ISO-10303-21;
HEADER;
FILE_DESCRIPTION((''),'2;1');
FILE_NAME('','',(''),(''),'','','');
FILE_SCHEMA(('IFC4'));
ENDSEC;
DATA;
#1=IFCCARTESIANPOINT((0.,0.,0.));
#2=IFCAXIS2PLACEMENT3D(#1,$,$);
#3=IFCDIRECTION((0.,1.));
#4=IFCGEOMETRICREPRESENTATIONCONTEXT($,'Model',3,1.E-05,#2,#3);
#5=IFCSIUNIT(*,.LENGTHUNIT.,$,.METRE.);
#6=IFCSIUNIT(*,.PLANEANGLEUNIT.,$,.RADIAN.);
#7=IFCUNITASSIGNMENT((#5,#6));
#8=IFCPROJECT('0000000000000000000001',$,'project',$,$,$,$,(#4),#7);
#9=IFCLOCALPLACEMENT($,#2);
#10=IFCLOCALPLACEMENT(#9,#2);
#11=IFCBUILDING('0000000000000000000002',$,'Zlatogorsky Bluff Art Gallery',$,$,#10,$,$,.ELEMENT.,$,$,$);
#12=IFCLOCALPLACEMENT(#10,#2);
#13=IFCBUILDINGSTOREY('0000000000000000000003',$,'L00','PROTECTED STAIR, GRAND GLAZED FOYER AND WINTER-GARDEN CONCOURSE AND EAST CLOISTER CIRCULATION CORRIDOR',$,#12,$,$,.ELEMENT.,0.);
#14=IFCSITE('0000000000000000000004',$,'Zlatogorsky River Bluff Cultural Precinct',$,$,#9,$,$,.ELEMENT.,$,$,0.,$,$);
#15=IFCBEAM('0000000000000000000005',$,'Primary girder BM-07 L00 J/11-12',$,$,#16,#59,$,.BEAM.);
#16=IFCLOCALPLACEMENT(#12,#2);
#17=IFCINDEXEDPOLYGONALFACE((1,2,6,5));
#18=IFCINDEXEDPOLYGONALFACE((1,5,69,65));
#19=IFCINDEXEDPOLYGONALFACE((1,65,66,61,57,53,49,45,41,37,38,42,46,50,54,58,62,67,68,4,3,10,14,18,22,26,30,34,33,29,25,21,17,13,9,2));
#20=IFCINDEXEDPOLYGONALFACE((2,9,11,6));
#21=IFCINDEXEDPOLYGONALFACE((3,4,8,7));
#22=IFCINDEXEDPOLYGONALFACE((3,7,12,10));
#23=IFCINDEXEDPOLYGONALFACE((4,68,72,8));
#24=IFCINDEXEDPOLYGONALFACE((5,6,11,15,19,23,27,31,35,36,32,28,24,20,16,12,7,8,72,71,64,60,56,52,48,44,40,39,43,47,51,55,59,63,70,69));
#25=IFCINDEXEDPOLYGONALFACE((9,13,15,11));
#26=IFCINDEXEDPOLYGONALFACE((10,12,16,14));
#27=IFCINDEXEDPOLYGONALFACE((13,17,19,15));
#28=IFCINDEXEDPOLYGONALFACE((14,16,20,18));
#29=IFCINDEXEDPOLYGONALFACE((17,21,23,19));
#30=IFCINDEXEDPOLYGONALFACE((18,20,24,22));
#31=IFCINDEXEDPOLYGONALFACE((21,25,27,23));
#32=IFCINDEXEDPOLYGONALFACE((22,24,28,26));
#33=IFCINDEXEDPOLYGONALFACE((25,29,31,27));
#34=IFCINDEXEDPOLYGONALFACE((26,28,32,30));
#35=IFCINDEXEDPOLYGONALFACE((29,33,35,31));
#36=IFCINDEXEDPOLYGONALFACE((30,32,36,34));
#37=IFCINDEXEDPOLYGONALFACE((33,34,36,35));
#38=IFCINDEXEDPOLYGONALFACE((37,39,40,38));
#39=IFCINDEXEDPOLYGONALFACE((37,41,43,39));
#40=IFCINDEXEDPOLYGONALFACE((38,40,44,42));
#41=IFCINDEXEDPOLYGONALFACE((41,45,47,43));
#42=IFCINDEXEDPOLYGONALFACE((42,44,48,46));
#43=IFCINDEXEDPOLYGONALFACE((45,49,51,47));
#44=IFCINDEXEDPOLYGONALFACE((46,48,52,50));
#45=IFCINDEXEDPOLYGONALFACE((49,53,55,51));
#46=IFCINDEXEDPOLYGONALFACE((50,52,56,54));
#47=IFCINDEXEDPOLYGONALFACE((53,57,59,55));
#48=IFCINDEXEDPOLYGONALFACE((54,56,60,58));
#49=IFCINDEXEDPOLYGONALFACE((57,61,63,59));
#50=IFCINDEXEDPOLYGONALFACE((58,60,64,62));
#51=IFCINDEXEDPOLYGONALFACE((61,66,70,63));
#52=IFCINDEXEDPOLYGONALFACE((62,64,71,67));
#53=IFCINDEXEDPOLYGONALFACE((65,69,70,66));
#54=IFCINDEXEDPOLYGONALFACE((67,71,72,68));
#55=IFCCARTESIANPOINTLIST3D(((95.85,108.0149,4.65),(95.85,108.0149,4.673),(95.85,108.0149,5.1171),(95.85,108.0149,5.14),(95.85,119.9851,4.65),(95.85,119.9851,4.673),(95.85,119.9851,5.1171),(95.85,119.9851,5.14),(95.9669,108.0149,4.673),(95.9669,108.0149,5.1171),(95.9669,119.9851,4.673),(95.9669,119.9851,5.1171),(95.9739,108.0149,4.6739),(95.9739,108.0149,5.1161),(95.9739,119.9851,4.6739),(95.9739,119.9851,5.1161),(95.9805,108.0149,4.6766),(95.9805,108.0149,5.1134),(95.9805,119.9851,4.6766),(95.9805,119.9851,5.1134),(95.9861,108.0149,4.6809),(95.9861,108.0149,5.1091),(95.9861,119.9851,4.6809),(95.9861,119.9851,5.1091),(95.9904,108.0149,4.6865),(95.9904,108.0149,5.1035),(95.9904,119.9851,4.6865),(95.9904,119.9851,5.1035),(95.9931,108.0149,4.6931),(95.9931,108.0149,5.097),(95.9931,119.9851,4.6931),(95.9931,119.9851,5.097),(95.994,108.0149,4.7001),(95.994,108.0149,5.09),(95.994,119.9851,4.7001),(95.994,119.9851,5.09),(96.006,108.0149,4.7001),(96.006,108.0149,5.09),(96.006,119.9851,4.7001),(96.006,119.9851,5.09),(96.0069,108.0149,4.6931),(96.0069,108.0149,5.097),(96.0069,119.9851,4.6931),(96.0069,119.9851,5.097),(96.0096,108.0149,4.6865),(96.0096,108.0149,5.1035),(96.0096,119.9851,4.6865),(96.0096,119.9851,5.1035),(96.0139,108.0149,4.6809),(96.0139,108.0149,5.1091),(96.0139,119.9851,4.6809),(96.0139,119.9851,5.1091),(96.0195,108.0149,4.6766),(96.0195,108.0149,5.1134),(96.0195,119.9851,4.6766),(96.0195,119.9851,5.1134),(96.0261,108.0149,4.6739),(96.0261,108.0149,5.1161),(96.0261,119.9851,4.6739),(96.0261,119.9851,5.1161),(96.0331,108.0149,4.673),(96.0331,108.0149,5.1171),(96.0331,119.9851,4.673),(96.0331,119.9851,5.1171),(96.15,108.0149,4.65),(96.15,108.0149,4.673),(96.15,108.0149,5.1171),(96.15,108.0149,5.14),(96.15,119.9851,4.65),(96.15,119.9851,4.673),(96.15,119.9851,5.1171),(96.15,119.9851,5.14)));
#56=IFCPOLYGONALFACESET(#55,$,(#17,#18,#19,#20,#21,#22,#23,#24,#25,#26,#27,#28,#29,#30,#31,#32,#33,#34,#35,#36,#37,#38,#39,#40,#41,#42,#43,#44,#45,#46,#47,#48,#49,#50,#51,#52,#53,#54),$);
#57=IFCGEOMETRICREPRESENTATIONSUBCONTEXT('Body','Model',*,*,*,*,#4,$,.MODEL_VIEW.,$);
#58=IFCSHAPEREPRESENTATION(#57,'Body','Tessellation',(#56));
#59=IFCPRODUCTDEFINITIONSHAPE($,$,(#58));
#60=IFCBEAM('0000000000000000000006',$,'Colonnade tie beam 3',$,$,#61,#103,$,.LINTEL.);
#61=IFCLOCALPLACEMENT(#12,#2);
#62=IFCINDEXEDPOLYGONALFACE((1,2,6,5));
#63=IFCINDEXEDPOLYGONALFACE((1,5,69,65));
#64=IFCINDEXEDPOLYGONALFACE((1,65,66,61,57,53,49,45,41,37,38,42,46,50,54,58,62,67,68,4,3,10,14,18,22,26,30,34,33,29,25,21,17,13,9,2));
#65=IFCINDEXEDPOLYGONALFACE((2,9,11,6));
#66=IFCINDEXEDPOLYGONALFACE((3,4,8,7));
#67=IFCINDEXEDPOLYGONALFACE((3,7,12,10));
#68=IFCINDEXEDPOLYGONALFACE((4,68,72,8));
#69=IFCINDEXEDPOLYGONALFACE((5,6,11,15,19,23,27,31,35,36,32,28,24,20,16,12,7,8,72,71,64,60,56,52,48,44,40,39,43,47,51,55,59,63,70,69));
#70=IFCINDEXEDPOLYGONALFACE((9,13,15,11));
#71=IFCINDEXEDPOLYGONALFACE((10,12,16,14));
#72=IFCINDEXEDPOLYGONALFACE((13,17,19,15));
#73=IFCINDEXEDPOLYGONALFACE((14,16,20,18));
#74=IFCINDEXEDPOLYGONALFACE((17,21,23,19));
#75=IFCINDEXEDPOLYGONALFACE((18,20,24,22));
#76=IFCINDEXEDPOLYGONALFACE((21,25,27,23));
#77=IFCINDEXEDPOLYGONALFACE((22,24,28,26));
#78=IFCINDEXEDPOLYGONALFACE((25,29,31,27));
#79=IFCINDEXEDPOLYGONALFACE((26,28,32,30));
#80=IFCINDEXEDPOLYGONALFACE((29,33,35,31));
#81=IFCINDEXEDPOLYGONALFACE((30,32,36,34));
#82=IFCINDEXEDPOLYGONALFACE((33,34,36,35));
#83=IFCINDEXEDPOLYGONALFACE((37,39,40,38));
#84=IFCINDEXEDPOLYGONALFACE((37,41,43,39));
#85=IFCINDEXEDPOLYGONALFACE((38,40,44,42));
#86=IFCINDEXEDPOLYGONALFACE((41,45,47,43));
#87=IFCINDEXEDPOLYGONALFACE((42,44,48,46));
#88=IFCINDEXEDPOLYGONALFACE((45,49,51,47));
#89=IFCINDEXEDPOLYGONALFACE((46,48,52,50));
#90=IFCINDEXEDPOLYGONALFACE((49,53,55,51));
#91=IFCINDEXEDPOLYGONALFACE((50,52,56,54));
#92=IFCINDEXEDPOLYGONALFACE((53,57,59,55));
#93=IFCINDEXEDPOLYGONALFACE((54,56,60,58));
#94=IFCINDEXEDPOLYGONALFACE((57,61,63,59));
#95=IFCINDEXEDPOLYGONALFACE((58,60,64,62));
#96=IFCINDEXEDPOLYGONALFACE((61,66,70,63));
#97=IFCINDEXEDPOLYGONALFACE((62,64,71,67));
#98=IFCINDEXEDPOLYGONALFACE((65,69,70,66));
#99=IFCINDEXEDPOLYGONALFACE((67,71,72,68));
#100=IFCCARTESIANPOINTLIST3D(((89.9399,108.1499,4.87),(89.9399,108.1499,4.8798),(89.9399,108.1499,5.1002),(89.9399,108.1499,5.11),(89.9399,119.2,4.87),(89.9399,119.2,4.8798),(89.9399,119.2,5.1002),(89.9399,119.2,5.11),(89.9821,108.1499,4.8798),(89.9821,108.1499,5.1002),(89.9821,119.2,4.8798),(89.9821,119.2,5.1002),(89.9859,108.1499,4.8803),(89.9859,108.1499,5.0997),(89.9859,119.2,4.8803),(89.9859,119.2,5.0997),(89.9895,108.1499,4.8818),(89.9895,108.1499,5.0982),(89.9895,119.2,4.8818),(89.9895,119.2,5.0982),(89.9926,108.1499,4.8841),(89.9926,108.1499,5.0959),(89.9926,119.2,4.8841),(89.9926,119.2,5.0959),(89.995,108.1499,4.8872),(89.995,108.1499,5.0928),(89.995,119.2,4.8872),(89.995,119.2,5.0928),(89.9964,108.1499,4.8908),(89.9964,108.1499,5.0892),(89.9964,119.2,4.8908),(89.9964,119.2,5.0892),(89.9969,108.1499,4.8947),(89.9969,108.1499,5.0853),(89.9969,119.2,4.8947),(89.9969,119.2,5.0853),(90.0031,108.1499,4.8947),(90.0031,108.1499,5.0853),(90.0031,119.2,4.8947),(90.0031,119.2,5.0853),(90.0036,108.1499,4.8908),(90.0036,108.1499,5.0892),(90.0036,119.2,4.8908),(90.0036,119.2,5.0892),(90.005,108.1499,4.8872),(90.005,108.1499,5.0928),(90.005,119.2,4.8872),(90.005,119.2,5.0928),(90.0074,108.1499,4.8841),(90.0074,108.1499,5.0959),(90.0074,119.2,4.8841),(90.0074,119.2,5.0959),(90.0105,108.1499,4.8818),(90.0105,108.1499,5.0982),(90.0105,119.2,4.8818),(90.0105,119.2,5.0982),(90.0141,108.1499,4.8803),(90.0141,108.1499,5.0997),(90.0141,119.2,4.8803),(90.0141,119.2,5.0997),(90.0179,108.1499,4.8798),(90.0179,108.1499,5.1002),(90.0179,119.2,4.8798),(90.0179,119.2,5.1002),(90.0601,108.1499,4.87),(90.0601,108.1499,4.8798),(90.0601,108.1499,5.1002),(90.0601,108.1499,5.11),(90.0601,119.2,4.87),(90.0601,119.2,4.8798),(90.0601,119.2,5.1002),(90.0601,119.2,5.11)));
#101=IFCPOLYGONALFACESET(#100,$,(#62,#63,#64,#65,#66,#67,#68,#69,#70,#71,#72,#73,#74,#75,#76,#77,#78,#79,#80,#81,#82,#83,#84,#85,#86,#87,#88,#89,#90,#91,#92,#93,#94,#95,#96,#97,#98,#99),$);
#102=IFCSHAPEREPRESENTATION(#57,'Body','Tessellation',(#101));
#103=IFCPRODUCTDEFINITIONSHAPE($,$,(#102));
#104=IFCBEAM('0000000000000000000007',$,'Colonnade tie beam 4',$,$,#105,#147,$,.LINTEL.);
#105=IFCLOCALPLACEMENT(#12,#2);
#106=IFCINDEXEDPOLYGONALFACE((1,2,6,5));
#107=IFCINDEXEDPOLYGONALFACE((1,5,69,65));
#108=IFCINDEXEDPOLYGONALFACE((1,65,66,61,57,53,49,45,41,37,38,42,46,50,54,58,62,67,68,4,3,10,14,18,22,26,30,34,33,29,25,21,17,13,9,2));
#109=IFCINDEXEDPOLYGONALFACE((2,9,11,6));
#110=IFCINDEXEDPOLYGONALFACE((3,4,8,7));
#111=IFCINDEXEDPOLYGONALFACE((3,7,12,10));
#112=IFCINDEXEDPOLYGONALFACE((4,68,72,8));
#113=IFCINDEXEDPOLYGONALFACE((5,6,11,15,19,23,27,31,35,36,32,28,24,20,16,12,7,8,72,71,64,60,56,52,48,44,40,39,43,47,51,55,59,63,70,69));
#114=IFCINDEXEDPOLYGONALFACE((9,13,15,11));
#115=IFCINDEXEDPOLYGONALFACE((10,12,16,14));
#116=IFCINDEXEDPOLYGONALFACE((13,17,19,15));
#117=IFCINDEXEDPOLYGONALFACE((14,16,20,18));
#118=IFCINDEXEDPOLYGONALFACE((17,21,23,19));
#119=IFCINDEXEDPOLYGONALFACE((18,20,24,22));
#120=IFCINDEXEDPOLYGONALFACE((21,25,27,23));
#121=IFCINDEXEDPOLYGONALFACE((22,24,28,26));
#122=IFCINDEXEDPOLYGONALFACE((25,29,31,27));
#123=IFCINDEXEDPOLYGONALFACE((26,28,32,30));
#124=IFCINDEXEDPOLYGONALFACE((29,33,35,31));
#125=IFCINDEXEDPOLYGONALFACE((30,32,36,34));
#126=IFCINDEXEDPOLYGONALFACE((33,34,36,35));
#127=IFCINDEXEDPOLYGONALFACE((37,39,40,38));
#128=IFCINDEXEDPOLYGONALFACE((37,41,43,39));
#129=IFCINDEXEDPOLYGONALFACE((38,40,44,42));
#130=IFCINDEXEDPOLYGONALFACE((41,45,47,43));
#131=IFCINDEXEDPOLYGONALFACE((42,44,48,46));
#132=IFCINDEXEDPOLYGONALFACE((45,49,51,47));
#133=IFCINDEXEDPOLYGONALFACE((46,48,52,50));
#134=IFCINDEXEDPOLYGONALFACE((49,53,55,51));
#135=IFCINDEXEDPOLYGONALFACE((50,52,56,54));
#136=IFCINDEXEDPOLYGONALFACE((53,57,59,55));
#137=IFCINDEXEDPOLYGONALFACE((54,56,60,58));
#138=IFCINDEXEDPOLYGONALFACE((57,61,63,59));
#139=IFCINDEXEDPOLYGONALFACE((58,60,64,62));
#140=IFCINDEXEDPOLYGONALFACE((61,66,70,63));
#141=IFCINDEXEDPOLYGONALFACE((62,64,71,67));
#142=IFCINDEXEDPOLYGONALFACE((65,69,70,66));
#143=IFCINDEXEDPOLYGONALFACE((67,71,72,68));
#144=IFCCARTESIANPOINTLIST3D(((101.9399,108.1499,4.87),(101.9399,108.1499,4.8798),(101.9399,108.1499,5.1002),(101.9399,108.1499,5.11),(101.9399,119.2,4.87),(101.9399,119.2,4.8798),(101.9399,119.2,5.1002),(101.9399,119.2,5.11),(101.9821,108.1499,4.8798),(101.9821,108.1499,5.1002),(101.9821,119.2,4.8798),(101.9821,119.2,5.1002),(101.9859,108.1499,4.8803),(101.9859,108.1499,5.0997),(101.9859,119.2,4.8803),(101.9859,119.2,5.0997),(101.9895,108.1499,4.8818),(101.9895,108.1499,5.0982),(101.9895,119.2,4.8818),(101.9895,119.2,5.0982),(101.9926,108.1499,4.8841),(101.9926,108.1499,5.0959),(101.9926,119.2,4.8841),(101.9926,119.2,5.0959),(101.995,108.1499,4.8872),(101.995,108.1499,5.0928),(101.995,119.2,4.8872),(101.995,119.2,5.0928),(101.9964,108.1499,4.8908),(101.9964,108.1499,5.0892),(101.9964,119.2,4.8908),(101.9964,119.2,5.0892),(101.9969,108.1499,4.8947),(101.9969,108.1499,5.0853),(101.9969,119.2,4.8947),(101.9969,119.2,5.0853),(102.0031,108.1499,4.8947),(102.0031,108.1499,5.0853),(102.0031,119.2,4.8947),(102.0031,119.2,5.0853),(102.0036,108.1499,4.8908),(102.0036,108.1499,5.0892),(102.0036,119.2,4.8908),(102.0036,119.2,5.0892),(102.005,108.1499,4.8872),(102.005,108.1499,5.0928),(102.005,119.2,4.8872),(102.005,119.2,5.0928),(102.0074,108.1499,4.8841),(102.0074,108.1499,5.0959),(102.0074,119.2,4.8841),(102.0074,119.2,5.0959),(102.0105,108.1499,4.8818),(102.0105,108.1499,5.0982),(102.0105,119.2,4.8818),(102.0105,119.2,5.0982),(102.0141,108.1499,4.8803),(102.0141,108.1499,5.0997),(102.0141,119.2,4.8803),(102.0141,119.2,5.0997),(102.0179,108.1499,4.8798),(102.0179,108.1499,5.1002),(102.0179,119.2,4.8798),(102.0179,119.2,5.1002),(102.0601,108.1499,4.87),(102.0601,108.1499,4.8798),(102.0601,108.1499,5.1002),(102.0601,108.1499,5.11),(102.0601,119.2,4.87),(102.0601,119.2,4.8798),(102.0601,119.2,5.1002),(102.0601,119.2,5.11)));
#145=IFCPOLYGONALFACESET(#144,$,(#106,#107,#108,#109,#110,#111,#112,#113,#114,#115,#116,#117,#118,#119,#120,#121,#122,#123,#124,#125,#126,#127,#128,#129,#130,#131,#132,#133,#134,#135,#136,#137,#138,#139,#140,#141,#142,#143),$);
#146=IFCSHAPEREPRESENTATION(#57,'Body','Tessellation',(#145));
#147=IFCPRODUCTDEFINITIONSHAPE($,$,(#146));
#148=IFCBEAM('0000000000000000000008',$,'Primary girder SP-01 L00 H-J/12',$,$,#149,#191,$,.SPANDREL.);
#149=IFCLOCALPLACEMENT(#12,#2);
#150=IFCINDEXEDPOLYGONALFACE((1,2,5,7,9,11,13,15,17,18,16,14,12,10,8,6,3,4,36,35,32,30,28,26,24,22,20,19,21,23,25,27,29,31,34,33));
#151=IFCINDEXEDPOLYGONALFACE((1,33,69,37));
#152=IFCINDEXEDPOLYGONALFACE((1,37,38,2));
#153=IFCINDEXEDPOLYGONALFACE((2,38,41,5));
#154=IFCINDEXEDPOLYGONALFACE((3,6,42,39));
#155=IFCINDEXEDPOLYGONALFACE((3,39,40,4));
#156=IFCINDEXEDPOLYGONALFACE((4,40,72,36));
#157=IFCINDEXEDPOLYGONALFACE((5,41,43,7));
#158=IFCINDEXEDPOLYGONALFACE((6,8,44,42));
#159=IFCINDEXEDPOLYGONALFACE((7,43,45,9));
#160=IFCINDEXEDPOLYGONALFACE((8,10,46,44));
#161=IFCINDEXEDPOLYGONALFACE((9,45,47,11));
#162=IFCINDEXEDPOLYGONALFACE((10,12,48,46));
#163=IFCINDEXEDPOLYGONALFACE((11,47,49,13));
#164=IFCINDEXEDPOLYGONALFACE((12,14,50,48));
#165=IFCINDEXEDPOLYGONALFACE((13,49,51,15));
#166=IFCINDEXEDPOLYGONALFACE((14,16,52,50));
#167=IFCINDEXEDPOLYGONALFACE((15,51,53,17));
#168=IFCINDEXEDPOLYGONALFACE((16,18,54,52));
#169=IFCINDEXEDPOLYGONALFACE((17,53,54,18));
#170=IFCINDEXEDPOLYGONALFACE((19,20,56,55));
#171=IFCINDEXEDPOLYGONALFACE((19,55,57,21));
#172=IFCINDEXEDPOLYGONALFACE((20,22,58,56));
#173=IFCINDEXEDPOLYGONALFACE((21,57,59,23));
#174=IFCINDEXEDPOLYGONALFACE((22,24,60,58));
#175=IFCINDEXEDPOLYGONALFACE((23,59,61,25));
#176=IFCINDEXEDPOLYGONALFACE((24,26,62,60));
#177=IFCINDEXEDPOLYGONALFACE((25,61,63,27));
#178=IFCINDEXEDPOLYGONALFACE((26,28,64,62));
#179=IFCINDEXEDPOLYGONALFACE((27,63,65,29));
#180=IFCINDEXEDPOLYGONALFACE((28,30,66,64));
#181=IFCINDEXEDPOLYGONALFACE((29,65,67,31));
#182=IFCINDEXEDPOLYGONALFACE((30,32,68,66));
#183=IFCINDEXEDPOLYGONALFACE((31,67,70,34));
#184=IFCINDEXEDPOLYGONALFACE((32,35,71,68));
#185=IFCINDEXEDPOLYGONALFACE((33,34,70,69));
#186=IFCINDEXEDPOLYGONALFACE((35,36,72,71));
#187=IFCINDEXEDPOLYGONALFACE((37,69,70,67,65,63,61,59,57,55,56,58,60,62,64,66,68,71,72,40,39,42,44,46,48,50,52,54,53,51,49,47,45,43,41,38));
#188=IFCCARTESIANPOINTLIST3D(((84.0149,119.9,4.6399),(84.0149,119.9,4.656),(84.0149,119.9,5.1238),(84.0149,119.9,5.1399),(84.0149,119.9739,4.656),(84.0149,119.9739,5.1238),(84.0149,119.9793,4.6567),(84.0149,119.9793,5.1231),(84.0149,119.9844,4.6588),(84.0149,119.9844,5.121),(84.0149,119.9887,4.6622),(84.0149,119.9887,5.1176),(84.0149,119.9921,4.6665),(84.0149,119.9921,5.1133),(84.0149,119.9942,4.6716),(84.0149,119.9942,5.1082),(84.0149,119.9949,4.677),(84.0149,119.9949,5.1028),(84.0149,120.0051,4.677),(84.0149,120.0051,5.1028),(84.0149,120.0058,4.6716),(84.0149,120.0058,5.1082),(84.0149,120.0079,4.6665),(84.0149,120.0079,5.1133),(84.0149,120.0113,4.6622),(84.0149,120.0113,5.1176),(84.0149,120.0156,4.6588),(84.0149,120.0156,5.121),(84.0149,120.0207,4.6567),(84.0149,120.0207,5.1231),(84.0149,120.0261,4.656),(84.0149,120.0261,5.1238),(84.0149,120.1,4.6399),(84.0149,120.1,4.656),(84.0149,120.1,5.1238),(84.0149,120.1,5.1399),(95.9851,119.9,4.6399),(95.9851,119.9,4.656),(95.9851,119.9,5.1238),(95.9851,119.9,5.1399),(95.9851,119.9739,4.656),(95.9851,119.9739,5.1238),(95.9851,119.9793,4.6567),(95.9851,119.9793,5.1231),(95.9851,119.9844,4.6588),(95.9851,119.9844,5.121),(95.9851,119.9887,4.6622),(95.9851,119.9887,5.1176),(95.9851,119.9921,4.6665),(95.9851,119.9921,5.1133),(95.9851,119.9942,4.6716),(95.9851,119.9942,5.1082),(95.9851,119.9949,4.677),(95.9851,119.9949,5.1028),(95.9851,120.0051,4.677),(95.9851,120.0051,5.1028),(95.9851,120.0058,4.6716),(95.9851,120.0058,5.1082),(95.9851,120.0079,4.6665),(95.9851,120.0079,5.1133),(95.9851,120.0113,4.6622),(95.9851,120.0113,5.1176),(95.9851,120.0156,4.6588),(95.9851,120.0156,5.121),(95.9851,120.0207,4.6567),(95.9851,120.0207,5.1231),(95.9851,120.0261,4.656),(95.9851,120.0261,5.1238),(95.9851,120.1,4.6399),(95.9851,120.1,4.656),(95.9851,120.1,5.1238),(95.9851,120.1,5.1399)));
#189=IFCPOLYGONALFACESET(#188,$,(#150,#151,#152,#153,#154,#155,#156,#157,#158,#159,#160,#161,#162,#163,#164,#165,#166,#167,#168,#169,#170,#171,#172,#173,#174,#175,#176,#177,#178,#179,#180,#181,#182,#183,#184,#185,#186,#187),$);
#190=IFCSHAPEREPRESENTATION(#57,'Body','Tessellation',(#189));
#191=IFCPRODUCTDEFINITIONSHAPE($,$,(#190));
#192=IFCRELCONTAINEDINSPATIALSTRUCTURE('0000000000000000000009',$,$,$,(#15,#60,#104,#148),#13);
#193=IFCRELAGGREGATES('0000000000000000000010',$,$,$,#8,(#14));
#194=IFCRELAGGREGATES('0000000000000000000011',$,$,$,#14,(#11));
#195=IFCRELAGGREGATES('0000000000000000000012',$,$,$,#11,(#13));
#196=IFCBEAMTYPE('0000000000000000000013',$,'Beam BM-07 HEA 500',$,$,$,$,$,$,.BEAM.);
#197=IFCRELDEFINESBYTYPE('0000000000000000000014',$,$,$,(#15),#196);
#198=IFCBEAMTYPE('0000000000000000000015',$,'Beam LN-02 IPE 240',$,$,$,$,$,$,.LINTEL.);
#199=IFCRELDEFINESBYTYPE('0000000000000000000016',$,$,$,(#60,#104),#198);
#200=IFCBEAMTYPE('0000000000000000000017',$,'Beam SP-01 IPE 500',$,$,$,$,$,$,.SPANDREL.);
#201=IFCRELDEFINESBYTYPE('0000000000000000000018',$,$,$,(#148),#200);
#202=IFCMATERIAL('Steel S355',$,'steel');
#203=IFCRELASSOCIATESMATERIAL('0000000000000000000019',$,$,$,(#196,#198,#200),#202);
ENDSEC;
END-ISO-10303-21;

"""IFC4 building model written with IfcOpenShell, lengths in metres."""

from ifc_helpers import new_model, si_unit, direction, frame, origin, origin_2d, place, context, subcontext, project, spatial, i_section, extrude, material, material_profile, profile_set, type_object, element, save


model = new_model("IFC4")

# Units and contexts
model_context = context("Model", 3, precision=1e-05, world=origin(), true_north=direction((0.0, 1.0)))
body_context = subcontext(model_context, "Body", "Model", "MODEL_VIEW")
ifc_project = project(units=[si_unit("LENGTHUNIT", "METRE"), si_unit("PLANEANGLEUNIT", "RADIAN")], contexts=[model_context])

# Site, building, storey
site_placement = place(None, origin())
site = spatial("IfcSite", under=ifc_project, at=site_placement, Name="Zlatogorsky River Bluff Cultural Precinct", CompositionType="ELEMENT", RefElevation=0.0)
building_placement = place(site_placement, origin())
building = spatial("IfcBuilding", under=site, at=building_placement, Name="Zlatogorsky Bluff Art Gallery", CompositionType="ELEMENT")
storey_placement = place(building_placement, origin())
storey = spatial("IfcBuildingStorey", under=building, at=storey_placement, Name="L00", Description="PROTECTED STAIR, GRAND GLAZED FOYER AND WINTER-GARDEN CONCOURSE AND EAST CLOISTER CIRCULATION CORRIDOR", CompositionType="ELEMENT", Elevation=0.0)

# Shared definitions
ifc_material_1 = material(Name="Steel S355", Category="steel")

# Beams
ifc_material_profile_1 = material_profile(ifc_material_1, i_section(OverallWidth=0.3, OverallDepth=0.49, WebThickness=0.012, FlangeThickness=0.0229, FilletRadius=0.0271, at=origin_2d()), Name="HEA 500")
ifc_profile_set_1 = profile_set([ifc_material_profile_1], Name="Steel S355")
beam_type_1 = type_object("IfcBeamType", Name="Beam BM-07 HEA 500", PredefinedType="BEAM", material=ifc_profile_set_1)
for number, where, z_axis, x_axis, name in (
    (1, (96.0, 108.0149, 4.895), (0.0, 1.0, 0.0), (-1.0, 0.0, 0.0), "Primary girder BM-07 L00 J/11-12"),
):
    element("IfcBeam", number, at=place(storey_placement, frame(where, z_axis=z_axis, x_axis=x_axis)), inside=storey, type_object=beam_type_1, Name=name, PredefinedType="BEAM", context=body_context, shape_type="SweptSolid", body=[
        extrude(i_section(OverallWidth=0.3, OverallDepth=0.49, WebThickness=0.012, FlangeThickness=0.0229, FilletRadius=0.0271, at=origin_2d()), origin(), (0.0, 0.0, 1.0), 11.9702),
    ])
ifc_material_profile_2 = material_profile(ifc_material_1, i_section(OverallWidth=0.1201, OverallDepth=0.24, WebThickness=0.0061, FlangeThickness=0.0098, FilletRadius=0.0149, at=origin_2d()), Name="IPE 240")
ifc_profile_set_2 = profile_set([ifc_material_profile_2], Name="Steel S355")
beam_type_2 = type_object("IfcBeamType", Name="Beam LN-02 IPE 240", PredefinedType="LINTEL", material=ifc_profile_set_2)
for number, where, z_axis, x_axis, name in (
    (2, (90.0, 108.1499, 4.99), (0.0, 1.0, 0.0), (-1.0, 0.0, 0.0), "Colonnade tie beam 3"),
    (3, (102.0, 108.1499, 4.99), (0.0, 1.0, 0.0), (-1.0, 0.0, 0.0), "Colonnade tie beam 4"),
):
    element("IfcBeam", number, at=place(storey_placement, frame(where, z_axis=z_axis, x_axis=x_axis)), inside=storey, type_object=beam_type_2, Name=name, PredefinedType="LINTEL", context=body_context, shape_type="SweptSolid", body=[
        extrude(i_section(OverallWidth=0.1201, OverallDepth=0.24, WebThickness=0.0061, FlangeThickness=0.0098, FilletRadius=0.0149, at=origin_2d()), origin(), (0.0, 0.0, 1.0), 11.05),
    ])
ifc_material_profile_3 = material_profile(ifc_material_1, i_section(OverallWidth=0.2, OverallDepth=0.5, WebThickness=0.0103, FlangeThickness=0.0161, FilletRadius=0.021, at=origin_2d()), Name="IPE 500")
ifc_profile_set_3 = profile_set([ifc_material_profile_3], Name="Steel S355")
beam_type_3 = type_object("IfcBeamType", Name="Beam SP-01 IPE 500", PredefinedType="SPANDREL", material=ifc_profile_set_3)
for number, where, z_axis, x_axis, name in (
    (4, (84.0149, 120.0, 4.8899), (1.0, 0.0, 0.0), (0.0, 1.0, 0.0), "Primary girder SP-01 L00 H-J/12"),
):
    element("IfcBeam", number, at=place(storey_placement, frame(where, z_axis=z_axis, x_axis=x_axis)), inside=storey, type_object=beam_type_3, Name=name, PredefinedType="SPANDREL", context=body_context, shape_type="SweptSolid", body=[
        extrude(i_section(OverallWidth=0.2, OverallDepth=0.5, WebThickness=0.0103, FlangeThickness=0.0161, FilletRadius=0.021, at=origin_2d()), origin(), (0.0, 0.0, 1.0), 11.9702),
    ])

save(model, "model.ifc")
